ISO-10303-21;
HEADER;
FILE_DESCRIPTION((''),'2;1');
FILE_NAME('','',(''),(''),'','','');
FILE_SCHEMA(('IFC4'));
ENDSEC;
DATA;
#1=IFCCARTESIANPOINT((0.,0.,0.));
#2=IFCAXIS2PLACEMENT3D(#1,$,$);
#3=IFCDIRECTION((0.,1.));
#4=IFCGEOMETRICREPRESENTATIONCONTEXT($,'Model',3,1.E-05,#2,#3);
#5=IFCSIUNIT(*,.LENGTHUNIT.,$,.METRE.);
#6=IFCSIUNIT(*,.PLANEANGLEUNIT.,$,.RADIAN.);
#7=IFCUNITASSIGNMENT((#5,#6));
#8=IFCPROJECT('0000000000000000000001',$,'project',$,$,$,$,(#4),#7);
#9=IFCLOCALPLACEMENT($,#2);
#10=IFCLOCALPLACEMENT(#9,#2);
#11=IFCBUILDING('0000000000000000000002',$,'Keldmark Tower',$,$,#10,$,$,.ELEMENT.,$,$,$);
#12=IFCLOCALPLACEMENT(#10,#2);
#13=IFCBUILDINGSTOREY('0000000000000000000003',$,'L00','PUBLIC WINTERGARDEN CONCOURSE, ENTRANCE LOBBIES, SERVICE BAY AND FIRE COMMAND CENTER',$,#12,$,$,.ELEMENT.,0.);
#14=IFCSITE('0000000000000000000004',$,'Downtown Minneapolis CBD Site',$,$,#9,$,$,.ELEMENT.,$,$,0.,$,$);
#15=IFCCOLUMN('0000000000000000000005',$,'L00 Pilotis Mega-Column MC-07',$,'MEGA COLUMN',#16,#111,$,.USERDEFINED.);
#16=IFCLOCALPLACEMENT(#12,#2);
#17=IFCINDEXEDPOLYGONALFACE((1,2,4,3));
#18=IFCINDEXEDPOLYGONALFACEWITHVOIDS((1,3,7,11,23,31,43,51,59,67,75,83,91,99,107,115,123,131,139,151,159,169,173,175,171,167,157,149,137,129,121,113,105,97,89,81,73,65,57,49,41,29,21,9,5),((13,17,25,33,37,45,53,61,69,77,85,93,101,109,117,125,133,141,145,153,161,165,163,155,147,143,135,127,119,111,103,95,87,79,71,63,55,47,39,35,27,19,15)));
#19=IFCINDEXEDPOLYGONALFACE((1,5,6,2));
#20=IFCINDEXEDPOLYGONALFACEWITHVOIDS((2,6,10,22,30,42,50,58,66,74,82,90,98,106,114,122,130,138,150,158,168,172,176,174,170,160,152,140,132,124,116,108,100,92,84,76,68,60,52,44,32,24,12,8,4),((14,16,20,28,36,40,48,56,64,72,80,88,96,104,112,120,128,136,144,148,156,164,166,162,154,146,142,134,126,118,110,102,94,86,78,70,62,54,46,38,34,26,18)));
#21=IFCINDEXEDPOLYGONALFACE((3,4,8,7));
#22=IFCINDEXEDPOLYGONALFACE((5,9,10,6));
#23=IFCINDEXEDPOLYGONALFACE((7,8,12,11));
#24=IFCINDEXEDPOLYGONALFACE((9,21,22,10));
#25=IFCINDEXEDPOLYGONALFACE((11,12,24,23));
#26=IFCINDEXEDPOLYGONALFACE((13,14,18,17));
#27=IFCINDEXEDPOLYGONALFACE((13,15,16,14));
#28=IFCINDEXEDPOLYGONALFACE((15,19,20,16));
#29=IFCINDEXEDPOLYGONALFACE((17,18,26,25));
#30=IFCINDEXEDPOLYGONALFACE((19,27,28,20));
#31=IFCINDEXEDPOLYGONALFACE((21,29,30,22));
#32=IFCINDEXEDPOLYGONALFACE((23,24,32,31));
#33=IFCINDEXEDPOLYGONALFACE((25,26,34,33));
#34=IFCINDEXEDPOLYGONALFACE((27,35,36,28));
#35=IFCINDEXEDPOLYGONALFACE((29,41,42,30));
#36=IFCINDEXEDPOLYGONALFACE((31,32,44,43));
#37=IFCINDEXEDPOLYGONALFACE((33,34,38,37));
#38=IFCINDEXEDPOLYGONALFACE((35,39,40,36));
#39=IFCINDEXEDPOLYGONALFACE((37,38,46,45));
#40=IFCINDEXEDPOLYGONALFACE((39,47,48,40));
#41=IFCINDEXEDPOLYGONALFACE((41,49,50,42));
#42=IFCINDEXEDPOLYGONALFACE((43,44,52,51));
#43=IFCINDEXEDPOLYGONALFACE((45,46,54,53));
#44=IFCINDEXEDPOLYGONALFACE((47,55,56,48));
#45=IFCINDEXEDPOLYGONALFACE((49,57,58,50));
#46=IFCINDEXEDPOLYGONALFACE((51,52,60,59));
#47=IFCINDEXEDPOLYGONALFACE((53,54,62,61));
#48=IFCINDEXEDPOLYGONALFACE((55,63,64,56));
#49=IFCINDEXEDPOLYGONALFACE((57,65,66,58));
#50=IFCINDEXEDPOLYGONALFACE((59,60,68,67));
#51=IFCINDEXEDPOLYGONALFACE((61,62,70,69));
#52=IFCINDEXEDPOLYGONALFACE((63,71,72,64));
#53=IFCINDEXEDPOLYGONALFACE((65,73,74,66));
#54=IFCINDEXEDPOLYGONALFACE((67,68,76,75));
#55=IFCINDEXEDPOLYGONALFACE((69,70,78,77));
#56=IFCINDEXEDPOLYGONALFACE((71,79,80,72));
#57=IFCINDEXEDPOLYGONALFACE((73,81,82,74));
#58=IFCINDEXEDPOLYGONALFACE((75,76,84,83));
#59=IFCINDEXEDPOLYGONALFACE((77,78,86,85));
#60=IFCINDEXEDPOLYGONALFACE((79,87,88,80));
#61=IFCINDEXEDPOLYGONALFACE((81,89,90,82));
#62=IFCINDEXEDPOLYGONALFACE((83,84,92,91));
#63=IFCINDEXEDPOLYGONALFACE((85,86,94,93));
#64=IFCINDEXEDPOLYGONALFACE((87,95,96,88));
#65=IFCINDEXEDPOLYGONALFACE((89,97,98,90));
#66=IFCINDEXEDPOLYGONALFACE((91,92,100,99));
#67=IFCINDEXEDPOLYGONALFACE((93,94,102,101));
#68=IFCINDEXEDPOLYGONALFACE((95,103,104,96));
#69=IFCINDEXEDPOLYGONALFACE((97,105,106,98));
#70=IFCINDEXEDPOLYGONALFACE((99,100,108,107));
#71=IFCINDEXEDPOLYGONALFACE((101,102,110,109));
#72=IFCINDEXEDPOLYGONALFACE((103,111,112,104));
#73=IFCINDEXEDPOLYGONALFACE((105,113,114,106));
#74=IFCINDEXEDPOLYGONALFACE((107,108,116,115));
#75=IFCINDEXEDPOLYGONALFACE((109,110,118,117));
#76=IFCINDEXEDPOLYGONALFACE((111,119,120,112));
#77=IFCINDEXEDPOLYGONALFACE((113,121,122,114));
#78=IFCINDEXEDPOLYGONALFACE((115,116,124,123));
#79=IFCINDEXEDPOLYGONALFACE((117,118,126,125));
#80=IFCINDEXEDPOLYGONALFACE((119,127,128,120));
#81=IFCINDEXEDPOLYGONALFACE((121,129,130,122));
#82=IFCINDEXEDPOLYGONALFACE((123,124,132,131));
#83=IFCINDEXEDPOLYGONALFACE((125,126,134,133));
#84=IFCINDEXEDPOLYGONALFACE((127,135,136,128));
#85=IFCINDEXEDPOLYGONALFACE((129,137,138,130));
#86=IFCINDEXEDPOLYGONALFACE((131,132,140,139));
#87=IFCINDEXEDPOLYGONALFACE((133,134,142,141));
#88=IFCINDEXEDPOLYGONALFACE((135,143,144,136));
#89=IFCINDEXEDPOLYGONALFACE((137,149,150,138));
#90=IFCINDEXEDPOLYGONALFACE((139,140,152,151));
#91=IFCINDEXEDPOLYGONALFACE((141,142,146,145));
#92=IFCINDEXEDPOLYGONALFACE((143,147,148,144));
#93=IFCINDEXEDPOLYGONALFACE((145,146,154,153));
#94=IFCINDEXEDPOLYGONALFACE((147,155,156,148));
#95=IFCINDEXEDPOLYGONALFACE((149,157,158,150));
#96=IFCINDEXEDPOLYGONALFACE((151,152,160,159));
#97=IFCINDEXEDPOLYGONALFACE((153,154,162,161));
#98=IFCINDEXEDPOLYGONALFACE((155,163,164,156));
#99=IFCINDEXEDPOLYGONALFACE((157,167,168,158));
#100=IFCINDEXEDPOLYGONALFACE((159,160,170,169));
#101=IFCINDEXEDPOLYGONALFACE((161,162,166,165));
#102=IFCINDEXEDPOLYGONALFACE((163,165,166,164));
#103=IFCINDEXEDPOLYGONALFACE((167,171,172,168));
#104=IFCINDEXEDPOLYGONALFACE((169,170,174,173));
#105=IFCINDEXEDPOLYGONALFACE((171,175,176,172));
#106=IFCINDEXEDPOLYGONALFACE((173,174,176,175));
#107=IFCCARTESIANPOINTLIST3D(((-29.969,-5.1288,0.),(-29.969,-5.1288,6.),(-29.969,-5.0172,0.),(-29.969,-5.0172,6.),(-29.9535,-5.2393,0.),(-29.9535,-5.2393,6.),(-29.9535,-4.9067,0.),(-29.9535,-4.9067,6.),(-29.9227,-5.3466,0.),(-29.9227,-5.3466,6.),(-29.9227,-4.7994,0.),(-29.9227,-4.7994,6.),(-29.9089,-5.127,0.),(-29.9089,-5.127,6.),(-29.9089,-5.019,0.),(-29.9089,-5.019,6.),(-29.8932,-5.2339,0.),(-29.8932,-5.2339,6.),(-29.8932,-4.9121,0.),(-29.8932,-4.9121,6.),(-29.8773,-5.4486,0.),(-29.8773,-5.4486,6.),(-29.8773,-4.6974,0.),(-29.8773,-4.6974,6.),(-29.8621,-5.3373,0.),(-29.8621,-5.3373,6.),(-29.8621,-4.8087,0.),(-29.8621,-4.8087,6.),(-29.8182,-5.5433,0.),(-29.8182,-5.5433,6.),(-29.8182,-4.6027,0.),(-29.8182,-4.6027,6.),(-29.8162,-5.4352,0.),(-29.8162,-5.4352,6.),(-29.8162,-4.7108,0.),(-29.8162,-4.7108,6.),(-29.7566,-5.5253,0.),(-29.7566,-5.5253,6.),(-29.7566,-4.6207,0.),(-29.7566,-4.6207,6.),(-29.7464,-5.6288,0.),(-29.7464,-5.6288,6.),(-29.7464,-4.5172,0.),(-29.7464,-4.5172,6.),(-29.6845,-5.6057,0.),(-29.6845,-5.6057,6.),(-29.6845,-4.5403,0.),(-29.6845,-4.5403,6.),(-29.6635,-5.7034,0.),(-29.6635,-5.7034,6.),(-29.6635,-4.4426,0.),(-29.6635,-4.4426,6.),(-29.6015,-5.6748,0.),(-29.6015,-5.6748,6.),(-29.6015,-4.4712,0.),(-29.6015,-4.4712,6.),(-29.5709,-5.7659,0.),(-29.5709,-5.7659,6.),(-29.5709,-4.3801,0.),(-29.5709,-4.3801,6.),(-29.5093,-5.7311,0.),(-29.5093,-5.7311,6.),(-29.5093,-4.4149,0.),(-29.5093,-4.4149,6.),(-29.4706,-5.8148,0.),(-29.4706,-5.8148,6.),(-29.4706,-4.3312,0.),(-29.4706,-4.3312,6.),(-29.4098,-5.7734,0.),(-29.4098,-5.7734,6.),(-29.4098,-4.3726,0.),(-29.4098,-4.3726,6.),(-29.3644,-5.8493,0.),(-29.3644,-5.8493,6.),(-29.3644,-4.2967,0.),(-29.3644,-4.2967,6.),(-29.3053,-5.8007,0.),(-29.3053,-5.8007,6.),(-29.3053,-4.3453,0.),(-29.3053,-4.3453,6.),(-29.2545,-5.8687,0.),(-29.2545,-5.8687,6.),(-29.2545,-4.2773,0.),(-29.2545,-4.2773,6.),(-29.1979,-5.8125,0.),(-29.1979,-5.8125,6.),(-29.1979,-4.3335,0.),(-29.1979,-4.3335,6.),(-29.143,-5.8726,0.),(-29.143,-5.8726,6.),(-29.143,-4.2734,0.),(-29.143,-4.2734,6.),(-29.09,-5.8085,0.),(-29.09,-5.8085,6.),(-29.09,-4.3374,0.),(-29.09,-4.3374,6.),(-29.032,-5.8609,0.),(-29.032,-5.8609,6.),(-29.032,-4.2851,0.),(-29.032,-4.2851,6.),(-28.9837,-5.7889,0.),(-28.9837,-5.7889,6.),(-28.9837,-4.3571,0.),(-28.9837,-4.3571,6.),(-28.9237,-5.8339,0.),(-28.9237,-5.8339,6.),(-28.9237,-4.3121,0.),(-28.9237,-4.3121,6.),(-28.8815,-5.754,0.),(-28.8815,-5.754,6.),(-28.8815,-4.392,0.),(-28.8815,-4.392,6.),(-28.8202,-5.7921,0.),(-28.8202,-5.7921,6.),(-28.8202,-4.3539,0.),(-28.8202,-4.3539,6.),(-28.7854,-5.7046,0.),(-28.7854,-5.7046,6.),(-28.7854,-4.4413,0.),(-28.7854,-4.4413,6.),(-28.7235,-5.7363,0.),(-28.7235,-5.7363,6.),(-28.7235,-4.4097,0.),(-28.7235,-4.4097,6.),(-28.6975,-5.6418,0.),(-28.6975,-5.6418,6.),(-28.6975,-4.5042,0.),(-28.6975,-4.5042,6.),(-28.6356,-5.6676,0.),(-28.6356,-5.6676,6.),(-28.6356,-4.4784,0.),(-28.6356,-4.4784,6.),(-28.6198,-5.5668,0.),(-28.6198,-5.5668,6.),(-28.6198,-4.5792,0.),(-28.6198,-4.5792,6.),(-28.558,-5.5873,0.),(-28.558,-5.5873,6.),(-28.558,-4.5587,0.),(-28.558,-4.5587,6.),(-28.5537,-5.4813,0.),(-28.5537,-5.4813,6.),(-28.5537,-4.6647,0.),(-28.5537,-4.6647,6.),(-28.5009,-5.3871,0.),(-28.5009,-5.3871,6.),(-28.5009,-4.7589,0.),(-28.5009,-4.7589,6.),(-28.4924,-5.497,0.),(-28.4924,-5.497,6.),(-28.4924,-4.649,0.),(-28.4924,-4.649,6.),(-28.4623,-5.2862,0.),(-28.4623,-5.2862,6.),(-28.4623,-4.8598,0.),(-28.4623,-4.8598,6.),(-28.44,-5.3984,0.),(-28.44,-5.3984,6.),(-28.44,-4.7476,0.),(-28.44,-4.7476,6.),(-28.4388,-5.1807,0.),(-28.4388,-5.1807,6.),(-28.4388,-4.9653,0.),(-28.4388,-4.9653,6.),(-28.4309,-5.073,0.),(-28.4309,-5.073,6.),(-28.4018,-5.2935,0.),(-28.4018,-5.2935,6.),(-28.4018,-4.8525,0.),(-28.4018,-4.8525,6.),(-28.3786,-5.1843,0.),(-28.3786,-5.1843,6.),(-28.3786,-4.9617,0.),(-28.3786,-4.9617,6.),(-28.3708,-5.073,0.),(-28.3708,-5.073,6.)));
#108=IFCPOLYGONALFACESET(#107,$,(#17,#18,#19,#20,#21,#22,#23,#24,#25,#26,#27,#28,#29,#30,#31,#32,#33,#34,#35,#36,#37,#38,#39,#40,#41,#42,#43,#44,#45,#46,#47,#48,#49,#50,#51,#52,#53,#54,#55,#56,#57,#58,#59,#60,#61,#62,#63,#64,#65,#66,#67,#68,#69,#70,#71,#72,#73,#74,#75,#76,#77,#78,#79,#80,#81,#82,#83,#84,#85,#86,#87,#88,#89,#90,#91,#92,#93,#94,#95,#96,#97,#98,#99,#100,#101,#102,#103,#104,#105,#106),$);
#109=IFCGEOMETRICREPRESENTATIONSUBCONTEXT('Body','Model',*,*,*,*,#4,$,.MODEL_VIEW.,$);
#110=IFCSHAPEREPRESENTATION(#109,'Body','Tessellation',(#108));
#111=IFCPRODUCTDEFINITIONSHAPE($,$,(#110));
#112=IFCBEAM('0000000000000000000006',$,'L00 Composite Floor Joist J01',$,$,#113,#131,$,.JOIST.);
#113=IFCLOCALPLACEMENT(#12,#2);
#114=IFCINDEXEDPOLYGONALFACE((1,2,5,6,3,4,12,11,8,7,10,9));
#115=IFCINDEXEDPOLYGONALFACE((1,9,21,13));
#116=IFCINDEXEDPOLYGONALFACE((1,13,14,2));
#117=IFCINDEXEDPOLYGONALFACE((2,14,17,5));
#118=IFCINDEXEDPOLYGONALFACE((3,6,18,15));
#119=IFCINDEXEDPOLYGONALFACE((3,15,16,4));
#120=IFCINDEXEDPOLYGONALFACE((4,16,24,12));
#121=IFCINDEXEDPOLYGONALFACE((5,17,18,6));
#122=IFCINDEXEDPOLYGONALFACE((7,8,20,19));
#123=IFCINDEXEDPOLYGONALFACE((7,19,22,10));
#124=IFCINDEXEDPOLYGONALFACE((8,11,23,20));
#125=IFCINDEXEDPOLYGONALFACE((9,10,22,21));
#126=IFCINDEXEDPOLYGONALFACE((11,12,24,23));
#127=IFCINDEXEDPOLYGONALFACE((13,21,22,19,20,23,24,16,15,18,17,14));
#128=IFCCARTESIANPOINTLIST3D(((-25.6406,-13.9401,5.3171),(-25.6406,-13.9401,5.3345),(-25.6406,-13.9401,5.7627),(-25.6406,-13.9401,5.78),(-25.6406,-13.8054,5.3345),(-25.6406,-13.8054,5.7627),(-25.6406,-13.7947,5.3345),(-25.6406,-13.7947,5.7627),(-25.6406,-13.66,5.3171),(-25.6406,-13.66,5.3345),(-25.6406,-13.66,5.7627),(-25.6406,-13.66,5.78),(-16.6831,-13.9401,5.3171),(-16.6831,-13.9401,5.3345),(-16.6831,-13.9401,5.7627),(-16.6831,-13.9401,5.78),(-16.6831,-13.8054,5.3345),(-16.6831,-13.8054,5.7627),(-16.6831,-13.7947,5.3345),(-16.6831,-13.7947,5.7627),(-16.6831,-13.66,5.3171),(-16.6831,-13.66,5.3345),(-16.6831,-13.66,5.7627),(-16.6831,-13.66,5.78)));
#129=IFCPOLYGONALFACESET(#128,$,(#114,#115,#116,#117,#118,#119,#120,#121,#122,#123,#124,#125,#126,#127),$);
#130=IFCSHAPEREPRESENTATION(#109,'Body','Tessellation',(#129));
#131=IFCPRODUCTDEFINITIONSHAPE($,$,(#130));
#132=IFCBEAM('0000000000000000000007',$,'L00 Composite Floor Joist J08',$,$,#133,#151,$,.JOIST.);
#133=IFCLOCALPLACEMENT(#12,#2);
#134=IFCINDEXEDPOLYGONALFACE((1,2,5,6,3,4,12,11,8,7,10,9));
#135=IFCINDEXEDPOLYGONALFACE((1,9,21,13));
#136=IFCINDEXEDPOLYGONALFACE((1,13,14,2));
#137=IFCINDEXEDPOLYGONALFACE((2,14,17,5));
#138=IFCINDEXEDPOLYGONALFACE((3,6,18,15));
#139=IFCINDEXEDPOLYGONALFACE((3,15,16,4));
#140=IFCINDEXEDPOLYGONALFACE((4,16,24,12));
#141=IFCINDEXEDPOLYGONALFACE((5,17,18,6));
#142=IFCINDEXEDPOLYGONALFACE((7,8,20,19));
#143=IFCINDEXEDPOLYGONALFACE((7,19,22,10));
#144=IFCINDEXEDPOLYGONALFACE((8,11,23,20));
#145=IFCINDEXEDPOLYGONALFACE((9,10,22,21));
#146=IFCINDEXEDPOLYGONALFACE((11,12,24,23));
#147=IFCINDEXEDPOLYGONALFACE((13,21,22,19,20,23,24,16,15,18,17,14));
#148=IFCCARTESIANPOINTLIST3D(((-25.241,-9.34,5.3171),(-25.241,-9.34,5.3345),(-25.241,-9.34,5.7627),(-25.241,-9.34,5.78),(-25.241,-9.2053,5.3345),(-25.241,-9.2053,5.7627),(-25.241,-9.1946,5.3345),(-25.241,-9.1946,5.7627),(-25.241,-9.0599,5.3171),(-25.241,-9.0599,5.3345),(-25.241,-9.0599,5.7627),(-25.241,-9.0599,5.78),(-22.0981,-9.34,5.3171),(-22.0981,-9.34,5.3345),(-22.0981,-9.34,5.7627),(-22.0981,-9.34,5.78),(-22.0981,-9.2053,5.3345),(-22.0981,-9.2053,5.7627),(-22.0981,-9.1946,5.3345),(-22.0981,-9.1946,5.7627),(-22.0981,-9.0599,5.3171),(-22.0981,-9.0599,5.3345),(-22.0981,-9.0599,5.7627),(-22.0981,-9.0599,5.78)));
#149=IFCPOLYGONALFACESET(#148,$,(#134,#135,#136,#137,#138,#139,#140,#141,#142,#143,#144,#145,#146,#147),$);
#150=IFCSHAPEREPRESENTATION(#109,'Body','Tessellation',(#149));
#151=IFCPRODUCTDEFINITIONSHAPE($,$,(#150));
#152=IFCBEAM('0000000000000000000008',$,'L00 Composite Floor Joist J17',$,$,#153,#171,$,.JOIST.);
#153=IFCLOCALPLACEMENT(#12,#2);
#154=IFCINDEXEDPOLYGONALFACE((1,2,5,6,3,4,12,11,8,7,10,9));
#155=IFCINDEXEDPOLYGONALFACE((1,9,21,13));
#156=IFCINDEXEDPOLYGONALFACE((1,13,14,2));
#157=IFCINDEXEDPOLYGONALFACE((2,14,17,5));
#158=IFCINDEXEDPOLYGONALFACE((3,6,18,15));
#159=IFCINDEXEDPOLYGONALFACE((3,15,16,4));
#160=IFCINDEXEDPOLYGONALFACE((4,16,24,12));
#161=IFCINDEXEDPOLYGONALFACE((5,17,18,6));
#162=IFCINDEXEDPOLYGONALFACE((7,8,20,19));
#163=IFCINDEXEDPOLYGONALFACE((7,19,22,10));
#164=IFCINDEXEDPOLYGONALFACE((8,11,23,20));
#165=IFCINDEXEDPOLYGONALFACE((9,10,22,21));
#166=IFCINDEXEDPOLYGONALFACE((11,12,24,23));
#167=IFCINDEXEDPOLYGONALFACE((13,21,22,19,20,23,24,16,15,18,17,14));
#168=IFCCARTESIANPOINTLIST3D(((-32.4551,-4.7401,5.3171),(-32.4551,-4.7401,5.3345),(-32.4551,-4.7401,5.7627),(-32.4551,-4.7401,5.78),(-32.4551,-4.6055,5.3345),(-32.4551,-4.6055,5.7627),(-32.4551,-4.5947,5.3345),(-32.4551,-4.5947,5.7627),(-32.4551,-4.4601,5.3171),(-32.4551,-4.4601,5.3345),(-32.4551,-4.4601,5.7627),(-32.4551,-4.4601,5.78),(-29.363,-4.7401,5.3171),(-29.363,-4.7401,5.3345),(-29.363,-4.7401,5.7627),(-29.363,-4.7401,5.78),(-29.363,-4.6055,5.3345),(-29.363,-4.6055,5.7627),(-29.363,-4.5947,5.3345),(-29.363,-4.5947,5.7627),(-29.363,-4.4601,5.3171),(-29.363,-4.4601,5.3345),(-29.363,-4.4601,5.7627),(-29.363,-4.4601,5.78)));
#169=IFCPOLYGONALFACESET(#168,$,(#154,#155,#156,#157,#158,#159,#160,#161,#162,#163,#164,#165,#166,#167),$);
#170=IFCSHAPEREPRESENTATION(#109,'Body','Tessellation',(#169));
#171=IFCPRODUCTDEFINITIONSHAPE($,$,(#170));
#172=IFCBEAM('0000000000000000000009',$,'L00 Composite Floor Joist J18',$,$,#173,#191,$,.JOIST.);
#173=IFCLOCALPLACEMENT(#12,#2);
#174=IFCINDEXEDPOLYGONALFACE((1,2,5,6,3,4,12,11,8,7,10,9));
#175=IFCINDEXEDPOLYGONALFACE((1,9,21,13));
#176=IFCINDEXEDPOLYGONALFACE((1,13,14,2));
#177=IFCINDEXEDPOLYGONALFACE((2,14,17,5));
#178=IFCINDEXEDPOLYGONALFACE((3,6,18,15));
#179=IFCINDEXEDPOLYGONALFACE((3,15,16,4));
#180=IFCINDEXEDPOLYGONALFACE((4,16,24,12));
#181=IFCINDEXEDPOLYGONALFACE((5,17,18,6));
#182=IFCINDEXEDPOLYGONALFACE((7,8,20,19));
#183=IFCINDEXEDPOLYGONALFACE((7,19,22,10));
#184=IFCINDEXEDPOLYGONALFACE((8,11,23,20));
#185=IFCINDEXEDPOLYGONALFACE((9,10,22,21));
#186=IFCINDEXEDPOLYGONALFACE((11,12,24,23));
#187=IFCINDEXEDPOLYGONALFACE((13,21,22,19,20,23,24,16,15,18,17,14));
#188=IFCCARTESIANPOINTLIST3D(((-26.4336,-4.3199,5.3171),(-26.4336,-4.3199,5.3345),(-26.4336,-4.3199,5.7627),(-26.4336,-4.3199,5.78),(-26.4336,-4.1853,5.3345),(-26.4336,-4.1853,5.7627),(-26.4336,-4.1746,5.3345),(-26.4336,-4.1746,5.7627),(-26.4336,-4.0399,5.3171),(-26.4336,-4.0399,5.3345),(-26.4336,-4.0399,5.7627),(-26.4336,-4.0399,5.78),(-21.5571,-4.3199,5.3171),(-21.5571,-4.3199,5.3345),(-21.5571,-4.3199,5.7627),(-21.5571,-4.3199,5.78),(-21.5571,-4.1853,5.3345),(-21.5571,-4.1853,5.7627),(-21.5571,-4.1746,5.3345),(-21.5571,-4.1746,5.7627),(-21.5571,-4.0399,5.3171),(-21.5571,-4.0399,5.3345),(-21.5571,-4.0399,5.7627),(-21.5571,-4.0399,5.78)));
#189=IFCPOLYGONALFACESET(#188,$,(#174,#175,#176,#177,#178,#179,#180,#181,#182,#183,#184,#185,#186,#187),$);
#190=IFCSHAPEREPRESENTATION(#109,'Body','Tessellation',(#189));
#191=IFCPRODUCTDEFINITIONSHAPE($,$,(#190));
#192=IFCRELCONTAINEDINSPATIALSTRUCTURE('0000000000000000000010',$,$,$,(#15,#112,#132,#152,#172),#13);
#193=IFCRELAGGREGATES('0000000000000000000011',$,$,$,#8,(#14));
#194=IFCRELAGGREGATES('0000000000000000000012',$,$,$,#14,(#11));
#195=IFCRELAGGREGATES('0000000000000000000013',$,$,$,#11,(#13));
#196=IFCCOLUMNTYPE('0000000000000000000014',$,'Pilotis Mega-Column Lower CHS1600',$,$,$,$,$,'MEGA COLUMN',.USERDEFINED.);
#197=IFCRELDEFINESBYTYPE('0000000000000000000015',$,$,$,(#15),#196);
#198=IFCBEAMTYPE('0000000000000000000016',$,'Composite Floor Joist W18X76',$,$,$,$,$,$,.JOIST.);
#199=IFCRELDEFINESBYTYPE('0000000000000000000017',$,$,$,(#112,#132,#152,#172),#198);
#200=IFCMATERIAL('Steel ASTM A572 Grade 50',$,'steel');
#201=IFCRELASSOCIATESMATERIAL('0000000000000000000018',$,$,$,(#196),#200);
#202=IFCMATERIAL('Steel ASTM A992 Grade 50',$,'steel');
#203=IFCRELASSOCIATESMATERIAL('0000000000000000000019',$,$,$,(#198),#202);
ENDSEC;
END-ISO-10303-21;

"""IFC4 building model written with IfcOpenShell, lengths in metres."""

from ifc_helpers import new_model, si_unit, direction, frame, origin, origin_2d, place, context, subcontext, project, spatial, hollow_circle, i_section, extrude, material, material_profile, profile_set, type_object, element, save


model = new_model("IFC4")

# Units and contexts
model_context = context("Model", 3, precision=1e-05, world=origin(), true_north=direction((0.0, 1.0)))
body_context = subcontext(model_context, "Body", "Model", "MODEL_VIEW")
ifc_project = project(units=[si_unit("LENGTHUNIT", "METRE"), si_unit("PLANEANGLEUNIT", "RADIAN")], contexts=[model_context])

# Site, building, storey
site_placement = place(None, origin())
site = spatial("IfcSite", under=ifc_project, at=site_placement, Name="Downtown Minneapolis CBD Site", CompositionType="ELEMENT", RefElevation=0.0)
building_placement = place(site_placement, origin())
building = spatial("IfcBuilding", under=site, at=building_placement, Name="Keldmark Tower", CompositionType="ELEMENT")
storey_placement = place(building_placement, origin())
storey = spatial("IfcBuildingStorey", under=building, at=storey_placement, Name="L00", Description="PUBLIC WINTERGARDEN CONCOURSE, ENTRANCE LOBBIES, SERVICE BAY AND FIRE COMMAND CENTER", CompositionType="ELEMENT", Elevation=0.0)

# Column
ifc_material_1 = material(Name="Steel ASTM A572 Grade 50", Category="steel")
ifc_material_profile_1 = material_profile(ifc_material_1, hollow_circle(Radius=0.8, WallThickness=0.0601, at=origin_2d()), Name="CHS1600X60")
ifc_profile_set_1 = profile_set([ifc_material_profile_1], Name="Steel ASTM A572 Grade 50")
column_type = type_object("IfcColumnType", Name="Pilotis Mega-Column Lower CHS1600", ElementType="MEGA COLUMN", PredefinedType="USERDEFINED", material=ifc_profile_set_1)
column_placement = place(storey_placement, frame((-29.1709, -5.073, 0.0), z_axis=(0.0, 0.0, 1.0), x_axis=(1.0, 0.0, 0.0)))
element("IfcColumn", 1, at=column_placement, inside=storey, type_object=column_type, Name="L00 Pilotis Mega-Column MC-07", ObjectType="MEGA COLUMN", PredefinedType="USERDEFINED", context=body_context, shape_type="SweptSolid", body=[
    extrude(hollow_circle(Radius=0.8, WallThickness=0.0601, at=origin_2d()), origin(), (0.0, 0.0, 1.0), 6.0),
])

# Beams
ifc_material_2 = material(Name="Steel ASTM A992 Grade 50", Category="steel")
ifc_material_profile_2 = material_profile(ifc_material_2, i_section(OverallWidth=0.28, OverallDepth=0.4629, WebThickness=0.0107, FlangeThickness=0.0173, at=origin_2d()), Name="W18X76")
ifc_profile_set_2 = profile_set([ifc_material_profile_2], Name="Steel ASTM A992 Grade 50")
beam_type_1 = type_object("IfcBeamType", Name="Composite Floor Joist W18X76", PredefinedType="JOIST", material=ifc_profile_set_2)
beam_1_placement = place(storey_placement, frame((-25.6406, -13.8, 5.5486), z_axis=(1.0, 0.0, 0.0), x_axis=(0.0, 1.0, 0.0)))
element("IfcBeam", 2, at=beam_1_placement, inside=storey, type_object=beam_type_1, Name="L00 Composite Floor Joist J01", PredefinedType="JOIST", context=body_context, shape_type="SweptSolid", body=[
    extrude(i_section(OverallWidth=0.28, OverallDepth=0.4629, WebThickness=0.0107, FlangeThickness=0.0173, at=origin_2d()), origin(), (0.0, 0.0, 1.0), 8.9575),
])
beam_2_placement = place(storey_placement, frame((-25.241, -9.2, 5.5486), z_axis=(1.0, 0.0, 0.0), x_axis=(0.0, 1.0, 0.0)))
element("IfcBeam", 3, at=beam_2_placement, inside=storey, type_object=beam_type_1, Name="L00 Composite Floor Joist J08", PredefinedType="JOIST", context=body_context, shape_type="SweptSolid", body=[
    extrude(i_section(OverallWidth=0.28, OverallDepth=0.4629, WebThickness=0.0107, FlangeThickness=0.0173, at=origin_2d()), origin(), (0.0, 0.0, 1.0), 3.1428),
])
beam_3_placement = place(storey_placement, frame((-32.4551, -4.6001, 5.5486), z_axis=(1.0, 0.0, 0.0), x_axis=(0.0, 1.0, 0.0)))
element("IfcBeam", 4, at=beam_3_placement, inside=storey, type_object=beam_type_1, Name="L00 Composite Floor Joist J17", PredefinedType="JOIST", context=body_context, shape_type="SweptSolid", body=[
    extrude(i_section(OverallWidth=0.28, OverallDepth=0.4629, WebThickness=0.0107, FlangeThickness=0.0173, at=origin_2d()), origin(), (0.0, 0.0, 1.0), 3.092),
])
beam_4_placement = place(storey_placement, frame((-26.4336, -4.1799, 5.5486), z_axis=(1.0, 0.0, 0.0), x_axis=(0.0, 1.0, 0.0)))
element("IfcBeam", 5, at=beam_4_placement, inside=storey, type_object=beam_type_1, Name="L00 Composite Floor Joist J18", PredefinedType="JOIST", context=body_context, shape_type="SweptSolid", body=[
    extrude(i_section(OverallWidth=0.28, OverallDepth=0.4629, WebThickness=0.0107, FlangeThickness=0.0173, at=origin_2d()), origin(), (0.0, 0.0, 1.0), 4.8765),
])

save(model, "model.ifc")
